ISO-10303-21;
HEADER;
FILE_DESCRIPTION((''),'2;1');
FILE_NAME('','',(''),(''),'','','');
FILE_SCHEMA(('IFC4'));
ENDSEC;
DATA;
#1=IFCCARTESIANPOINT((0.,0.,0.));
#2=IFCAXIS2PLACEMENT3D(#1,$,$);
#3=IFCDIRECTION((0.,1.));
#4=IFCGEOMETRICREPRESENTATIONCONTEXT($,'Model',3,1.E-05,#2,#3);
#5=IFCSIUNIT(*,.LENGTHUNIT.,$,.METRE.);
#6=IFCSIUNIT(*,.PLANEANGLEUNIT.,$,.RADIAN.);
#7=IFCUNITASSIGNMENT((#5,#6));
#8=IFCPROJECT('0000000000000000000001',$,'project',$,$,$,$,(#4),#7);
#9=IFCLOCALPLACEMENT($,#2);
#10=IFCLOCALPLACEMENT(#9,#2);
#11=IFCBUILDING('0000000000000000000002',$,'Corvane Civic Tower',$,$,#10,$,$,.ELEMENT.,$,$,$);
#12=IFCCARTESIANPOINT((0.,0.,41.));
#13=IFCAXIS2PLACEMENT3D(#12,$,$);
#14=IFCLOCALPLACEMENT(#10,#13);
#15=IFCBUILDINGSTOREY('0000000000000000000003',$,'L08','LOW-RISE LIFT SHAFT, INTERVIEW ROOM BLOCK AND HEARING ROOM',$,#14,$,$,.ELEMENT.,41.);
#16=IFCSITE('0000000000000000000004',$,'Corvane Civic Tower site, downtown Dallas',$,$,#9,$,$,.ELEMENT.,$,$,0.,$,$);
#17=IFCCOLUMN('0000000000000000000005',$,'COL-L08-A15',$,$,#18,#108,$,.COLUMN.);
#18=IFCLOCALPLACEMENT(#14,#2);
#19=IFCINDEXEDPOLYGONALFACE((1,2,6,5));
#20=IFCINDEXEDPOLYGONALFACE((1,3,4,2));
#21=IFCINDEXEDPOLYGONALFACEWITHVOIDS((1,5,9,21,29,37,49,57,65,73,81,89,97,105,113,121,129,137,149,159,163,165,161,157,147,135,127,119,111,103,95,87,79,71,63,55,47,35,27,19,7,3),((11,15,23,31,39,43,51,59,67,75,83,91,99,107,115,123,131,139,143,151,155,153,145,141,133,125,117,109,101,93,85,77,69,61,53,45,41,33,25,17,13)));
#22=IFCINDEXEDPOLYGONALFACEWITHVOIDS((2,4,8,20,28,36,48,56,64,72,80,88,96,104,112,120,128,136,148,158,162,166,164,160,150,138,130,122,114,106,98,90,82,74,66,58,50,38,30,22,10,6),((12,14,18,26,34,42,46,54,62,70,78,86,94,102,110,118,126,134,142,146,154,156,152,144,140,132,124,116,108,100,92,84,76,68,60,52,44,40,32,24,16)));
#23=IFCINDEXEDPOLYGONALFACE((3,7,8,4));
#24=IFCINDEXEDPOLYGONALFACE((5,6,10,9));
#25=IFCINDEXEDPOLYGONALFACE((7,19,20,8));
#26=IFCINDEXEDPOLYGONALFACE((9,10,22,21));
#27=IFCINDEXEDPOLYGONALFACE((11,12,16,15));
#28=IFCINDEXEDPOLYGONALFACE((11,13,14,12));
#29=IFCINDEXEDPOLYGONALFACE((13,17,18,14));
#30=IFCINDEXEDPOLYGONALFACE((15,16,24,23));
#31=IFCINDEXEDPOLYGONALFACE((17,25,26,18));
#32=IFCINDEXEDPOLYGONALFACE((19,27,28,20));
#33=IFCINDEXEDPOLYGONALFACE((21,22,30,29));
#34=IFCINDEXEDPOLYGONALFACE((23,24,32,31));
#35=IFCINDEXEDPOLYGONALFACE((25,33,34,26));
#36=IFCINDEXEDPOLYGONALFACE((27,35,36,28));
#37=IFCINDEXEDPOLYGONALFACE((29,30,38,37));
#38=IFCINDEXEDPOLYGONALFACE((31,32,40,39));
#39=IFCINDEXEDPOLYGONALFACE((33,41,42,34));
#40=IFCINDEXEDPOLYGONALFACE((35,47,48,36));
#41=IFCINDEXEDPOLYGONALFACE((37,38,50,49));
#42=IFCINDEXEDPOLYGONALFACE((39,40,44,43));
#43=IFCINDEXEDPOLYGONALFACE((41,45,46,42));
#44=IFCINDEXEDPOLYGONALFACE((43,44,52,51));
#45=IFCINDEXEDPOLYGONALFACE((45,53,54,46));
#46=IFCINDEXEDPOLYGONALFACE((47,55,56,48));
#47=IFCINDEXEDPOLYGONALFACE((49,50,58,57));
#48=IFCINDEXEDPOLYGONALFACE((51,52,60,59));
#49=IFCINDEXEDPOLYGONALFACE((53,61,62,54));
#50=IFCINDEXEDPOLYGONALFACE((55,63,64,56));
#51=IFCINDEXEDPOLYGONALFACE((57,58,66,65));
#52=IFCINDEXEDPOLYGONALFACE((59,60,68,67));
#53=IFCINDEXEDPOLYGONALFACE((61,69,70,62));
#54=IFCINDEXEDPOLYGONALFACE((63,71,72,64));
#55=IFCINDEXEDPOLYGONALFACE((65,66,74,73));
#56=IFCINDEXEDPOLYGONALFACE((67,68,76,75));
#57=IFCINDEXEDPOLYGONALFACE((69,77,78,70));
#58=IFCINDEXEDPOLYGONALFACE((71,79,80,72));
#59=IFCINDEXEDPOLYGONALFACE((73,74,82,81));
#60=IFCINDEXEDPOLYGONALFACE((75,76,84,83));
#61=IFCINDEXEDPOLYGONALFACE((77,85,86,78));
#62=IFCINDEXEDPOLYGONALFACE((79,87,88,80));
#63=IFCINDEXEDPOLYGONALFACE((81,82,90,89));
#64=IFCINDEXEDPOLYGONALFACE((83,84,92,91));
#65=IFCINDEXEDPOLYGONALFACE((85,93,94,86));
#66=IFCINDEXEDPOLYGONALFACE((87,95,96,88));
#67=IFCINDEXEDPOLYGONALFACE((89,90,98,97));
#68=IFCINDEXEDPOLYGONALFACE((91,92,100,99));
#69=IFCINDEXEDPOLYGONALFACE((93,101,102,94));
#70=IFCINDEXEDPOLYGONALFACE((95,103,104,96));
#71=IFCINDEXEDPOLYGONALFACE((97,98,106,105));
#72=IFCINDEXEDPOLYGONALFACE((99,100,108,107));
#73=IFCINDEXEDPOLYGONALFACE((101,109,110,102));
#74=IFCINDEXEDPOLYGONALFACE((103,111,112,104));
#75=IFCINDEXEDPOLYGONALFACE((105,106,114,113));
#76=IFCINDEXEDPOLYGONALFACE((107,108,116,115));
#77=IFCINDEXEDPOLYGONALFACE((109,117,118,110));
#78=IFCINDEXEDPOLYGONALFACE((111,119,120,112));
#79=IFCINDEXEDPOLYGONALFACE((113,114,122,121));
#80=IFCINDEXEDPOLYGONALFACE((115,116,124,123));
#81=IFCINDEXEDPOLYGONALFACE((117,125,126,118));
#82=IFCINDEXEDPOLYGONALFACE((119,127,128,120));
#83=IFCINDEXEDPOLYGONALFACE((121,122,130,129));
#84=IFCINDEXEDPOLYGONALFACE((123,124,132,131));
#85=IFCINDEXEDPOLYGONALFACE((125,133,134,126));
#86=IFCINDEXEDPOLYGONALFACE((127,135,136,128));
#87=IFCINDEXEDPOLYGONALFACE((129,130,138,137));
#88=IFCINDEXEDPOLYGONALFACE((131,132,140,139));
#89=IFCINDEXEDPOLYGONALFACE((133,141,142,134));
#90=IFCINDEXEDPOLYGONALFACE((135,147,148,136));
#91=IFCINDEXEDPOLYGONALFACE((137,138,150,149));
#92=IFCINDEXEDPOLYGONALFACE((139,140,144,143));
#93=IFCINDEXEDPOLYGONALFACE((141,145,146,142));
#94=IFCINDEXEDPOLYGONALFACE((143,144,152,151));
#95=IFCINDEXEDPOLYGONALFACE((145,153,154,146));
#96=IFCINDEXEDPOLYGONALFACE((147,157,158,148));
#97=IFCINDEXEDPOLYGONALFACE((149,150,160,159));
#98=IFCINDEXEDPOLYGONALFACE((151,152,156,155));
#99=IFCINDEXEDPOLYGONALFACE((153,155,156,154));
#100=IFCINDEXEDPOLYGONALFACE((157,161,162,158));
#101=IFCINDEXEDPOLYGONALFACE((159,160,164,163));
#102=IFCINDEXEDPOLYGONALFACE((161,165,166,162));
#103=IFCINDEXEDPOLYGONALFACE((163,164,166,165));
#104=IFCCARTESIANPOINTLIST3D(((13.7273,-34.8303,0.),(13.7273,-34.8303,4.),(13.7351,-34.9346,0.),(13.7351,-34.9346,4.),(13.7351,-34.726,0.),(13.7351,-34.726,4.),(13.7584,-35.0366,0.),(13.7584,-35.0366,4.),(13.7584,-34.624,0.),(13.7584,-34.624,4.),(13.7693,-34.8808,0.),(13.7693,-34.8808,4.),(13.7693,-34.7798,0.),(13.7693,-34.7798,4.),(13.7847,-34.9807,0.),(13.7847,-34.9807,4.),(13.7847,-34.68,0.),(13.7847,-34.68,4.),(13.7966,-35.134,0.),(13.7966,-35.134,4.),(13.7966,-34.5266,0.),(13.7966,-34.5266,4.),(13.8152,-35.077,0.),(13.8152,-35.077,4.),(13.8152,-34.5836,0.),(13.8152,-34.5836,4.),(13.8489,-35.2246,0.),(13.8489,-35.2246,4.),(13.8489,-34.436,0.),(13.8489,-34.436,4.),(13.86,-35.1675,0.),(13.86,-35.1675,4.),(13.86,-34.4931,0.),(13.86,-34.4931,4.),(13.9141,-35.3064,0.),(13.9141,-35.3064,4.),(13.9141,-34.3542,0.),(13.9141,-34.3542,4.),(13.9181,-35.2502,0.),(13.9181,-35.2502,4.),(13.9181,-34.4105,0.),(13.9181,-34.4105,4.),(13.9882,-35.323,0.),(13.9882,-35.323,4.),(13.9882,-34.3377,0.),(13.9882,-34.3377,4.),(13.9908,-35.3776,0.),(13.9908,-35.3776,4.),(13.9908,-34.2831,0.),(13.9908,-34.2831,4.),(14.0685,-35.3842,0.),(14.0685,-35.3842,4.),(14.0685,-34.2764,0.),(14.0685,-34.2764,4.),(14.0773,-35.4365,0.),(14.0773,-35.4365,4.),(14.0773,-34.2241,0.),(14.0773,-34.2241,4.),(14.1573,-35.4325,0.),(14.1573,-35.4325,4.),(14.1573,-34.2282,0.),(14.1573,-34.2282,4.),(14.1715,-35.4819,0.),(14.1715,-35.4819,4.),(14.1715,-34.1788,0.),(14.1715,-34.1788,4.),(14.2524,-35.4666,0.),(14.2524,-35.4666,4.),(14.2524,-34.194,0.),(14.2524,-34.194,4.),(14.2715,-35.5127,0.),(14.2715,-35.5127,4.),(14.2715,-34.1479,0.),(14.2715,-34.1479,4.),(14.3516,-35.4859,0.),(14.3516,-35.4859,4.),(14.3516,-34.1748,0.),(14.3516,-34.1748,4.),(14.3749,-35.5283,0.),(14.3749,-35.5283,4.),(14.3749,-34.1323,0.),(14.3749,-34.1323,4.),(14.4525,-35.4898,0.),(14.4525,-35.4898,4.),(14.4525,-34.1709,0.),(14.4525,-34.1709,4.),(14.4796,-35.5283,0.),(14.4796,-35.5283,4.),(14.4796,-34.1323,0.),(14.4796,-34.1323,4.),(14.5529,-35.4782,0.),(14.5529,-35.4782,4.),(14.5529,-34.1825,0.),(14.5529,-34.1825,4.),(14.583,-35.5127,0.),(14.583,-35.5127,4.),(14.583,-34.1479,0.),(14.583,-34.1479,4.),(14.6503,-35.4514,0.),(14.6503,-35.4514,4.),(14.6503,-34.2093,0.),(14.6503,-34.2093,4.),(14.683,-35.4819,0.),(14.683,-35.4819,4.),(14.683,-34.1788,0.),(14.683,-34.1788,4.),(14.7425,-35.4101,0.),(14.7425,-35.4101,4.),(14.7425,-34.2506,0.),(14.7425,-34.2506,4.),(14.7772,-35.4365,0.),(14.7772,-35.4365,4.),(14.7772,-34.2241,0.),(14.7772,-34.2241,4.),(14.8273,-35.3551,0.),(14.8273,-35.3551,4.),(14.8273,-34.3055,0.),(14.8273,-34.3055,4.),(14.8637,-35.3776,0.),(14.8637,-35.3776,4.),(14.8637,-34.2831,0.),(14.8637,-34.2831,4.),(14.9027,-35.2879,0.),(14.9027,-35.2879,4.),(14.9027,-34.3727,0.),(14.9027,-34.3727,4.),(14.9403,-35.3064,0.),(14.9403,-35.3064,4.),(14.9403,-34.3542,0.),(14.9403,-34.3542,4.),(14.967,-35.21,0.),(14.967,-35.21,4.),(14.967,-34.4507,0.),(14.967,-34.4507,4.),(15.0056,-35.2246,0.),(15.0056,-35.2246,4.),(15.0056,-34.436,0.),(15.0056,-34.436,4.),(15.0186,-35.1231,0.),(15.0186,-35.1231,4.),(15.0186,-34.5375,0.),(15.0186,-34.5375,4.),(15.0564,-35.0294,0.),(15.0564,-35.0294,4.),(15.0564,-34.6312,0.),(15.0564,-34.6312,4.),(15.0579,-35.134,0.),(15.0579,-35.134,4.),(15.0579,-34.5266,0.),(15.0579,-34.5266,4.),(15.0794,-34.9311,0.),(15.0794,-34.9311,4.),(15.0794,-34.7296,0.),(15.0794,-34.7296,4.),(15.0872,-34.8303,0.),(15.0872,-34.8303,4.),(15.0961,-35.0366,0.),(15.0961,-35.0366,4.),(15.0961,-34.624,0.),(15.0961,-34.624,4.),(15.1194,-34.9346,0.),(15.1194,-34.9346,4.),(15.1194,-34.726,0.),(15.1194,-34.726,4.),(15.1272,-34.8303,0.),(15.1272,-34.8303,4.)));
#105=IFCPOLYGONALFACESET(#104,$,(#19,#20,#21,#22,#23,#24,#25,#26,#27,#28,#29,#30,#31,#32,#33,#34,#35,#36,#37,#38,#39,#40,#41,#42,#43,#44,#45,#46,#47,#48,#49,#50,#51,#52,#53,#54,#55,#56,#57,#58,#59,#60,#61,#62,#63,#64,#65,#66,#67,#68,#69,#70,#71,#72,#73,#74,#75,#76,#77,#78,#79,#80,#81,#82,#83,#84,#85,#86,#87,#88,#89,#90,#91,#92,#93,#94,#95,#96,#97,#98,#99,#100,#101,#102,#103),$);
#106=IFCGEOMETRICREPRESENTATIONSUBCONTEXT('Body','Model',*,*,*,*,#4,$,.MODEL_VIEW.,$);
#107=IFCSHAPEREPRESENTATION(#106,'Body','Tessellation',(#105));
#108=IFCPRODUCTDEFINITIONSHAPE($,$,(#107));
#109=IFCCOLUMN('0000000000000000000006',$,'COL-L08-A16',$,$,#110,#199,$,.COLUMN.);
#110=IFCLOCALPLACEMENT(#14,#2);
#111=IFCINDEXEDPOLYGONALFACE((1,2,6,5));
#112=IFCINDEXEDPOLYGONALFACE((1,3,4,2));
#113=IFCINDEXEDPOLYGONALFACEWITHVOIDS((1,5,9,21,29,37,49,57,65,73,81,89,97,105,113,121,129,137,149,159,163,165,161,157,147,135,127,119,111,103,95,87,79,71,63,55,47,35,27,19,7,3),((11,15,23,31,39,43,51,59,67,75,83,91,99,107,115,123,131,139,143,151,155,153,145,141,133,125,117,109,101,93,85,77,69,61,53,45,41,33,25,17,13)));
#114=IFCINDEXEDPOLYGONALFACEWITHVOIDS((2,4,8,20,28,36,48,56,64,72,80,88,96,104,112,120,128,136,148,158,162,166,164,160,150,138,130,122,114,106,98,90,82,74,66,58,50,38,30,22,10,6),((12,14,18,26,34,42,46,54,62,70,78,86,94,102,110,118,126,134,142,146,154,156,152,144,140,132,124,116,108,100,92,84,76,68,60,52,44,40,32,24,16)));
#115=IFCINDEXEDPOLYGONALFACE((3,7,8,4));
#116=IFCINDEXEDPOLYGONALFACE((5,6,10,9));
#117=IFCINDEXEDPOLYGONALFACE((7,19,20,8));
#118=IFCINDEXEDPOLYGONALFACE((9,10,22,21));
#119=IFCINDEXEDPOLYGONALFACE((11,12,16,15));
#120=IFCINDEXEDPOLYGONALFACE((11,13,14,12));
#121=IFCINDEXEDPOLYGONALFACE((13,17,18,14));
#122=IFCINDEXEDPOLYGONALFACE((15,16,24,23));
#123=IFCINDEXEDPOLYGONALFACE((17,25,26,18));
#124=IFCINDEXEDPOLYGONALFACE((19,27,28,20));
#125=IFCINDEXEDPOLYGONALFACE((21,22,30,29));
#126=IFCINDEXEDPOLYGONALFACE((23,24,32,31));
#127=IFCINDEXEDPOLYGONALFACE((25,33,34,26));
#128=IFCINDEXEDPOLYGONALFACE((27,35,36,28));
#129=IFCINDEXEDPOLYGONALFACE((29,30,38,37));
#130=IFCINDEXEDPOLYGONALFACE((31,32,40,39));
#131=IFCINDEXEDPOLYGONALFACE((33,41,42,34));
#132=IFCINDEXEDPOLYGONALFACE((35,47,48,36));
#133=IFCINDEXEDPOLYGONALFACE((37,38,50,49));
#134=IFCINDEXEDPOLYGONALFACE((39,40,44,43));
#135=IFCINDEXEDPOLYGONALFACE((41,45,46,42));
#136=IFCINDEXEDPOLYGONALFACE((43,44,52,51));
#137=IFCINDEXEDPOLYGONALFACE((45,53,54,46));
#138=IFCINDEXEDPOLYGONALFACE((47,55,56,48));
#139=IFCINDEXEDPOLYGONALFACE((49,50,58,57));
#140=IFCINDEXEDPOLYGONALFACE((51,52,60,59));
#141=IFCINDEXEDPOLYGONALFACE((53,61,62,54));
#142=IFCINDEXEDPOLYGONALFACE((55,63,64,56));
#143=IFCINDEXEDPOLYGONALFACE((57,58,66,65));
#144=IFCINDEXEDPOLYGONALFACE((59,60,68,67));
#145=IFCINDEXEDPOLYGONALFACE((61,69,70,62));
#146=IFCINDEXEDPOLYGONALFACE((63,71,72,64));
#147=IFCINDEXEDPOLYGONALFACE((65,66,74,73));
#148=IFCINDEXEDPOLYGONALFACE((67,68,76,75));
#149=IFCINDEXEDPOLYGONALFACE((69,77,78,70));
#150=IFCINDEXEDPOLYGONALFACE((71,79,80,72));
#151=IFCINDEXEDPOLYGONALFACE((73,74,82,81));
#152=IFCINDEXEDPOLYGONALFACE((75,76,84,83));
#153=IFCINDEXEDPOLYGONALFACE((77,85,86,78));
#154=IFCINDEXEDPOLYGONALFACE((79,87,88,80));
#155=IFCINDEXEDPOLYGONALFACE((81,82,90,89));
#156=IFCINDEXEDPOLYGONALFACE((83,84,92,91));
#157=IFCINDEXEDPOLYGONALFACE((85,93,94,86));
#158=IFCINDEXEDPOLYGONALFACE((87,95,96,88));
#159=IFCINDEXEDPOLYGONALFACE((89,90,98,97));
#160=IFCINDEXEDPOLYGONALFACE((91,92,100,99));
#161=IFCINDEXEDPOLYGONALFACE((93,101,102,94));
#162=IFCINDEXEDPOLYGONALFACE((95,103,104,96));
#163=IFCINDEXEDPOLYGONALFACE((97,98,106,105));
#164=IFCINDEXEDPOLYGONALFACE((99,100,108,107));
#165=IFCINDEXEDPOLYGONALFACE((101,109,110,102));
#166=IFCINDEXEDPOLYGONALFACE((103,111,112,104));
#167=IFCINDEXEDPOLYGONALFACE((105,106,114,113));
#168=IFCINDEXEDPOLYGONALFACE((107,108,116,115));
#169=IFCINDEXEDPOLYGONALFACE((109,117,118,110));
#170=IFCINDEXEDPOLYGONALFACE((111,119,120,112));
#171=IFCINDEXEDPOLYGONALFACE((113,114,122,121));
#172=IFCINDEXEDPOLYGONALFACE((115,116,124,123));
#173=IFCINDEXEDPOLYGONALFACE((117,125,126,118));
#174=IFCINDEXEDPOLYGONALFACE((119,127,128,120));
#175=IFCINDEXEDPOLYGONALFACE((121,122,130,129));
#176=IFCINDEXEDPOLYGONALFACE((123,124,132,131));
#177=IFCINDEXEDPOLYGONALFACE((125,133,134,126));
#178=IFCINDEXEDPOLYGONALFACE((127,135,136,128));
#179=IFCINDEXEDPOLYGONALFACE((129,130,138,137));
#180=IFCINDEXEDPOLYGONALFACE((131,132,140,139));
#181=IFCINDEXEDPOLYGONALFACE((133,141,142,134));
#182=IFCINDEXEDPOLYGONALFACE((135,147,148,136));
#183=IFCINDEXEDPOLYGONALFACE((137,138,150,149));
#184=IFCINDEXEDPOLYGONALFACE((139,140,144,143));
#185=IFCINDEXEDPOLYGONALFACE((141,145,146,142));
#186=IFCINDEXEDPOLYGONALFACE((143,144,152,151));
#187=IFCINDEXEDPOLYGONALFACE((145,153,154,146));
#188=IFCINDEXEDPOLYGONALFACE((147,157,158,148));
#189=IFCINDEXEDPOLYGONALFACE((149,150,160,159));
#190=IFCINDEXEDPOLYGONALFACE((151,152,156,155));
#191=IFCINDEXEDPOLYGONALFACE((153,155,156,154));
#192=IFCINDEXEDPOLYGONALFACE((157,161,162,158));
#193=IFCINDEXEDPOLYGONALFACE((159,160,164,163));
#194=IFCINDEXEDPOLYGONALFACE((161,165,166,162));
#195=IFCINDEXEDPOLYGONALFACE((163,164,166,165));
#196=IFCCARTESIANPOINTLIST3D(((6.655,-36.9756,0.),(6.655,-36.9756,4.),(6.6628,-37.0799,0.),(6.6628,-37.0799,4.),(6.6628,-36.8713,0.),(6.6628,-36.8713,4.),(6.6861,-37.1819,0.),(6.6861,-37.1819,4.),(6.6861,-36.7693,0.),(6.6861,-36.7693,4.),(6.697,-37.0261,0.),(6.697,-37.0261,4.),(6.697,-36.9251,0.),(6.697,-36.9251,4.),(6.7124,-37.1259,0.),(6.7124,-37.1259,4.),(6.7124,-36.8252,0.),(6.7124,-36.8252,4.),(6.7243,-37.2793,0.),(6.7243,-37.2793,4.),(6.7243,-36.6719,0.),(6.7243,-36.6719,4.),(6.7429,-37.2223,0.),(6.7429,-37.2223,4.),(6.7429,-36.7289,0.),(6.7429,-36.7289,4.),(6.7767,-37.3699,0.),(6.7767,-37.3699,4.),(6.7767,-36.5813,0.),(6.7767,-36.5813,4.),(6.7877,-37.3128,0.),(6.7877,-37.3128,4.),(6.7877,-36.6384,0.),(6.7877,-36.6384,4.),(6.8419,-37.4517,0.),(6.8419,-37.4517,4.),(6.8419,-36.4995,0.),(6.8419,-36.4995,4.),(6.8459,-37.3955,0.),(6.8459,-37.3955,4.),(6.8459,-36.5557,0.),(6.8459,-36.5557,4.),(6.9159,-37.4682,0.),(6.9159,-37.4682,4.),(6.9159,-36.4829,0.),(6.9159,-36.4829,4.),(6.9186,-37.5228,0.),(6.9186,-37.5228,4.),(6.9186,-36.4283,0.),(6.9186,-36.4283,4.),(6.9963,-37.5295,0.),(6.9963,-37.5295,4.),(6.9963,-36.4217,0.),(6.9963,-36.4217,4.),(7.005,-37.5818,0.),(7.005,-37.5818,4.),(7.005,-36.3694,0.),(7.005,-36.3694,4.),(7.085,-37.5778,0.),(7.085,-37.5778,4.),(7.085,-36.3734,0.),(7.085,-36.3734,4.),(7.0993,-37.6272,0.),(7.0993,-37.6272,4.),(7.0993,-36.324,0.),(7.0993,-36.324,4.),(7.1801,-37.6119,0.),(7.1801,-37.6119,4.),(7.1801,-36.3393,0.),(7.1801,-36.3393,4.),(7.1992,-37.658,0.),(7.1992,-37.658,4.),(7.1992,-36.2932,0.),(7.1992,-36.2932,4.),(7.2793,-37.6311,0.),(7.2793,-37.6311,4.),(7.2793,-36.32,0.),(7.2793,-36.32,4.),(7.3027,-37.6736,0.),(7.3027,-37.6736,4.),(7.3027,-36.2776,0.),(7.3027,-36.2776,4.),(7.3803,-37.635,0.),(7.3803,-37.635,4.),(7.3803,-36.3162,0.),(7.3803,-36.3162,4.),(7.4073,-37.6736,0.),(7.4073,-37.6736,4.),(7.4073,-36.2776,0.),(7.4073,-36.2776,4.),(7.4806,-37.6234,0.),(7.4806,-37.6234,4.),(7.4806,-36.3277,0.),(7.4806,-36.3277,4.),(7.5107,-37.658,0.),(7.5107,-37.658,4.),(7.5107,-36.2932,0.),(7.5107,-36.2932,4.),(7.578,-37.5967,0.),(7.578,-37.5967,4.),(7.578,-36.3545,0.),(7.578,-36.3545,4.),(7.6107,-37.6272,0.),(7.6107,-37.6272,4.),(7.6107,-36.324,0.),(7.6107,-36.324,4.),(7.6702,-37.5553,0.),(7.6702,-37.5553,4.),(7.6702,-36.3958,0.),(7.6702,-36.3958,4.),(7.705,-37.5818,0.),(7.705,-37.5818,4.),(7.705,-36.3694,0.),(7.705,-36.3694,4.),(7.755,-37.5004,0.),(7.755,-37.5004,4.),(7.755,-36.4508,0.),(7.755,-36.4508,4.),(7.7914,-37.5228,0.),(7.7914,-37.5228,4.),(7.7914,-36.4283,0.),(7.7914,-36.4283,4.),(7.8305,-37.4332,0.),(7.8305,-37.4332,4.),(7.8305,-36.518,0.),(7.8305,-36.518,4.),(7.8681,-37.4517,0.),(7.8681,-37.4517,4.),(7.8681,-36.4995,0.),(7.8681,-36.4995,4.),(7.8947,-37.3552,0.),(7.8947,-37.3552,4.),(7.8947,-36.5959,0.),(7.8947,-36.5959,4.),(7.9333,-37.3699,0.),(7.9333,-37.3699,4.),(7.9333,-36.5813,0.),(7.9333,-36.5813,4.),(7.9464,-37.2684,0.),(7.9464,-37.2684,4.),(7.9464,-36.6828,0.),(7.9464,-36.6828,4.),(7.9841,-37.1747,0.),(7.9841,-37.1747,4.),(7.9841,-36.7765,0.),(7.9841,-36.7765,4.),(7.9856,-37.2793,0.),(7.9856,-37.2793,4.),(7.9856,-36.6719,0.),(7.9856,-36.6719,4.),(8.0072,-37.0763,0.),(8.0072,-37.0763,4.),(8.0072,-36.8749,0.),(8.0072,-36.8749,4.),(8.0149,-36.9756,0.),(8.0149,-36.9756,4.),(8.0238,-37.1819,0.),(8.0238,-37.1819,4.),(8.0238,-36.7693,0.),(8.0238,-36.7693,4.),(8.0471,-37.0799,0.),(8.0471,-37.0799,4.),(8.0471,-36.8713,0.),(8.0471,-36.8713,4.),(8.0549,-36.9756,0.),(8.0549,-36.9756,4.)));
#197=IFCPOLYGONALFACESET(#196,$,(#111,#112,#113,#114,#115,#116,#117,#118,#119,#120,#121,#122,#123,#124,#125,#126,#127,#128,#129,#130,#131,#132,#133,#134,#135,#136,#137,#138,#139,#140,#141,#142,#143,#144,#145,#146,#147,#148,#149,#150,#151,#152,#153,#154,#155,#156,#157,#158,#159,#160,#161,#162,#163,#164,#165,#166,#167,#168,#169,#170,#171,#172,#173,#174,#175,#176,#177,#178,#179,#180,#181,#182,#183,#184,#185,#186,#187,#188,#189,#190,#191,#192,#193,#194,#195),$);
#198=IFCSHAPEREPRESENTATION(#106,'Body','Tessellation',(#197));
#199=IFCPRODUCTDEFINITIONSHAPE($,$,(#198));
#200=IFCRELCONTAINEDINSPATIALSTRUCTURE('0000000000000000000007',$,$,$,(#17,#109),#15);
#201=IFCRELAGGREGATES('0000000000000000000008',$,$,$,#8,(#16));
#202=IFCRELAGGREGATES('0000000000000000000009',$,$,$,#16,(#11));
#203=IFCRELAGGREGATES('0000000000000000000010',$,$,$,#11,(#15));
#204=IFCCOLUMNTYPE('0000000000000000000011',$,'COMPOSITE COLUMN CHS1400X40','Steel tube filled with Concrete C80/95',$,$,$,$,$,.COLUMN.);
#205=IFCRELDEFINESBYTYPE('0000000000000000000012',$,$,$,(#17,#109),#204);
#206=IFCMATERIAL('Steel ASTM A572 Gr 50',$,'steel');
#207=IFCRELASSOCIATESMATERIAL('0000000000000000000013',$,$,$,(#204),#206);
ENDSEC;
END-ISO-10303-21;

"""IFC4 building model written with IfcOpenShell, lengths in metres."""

from ifc_helpers import new_model, si_unit, direction, frame, origin, origin_2d, place, context, subcontext, project, spatial, hollow_circle, extrude, material, material_profile, profile_set, type_object, element, save


model = new_model("IFC4")

# Units and contexts
model_context = context("Model", 3, precision=1e-05, world=origin(), true_north=direction((0.0, 1.0)))
body_context = subcontext(model_context, "Body", "Model", "MODEL_VIEW")
ifc_project = project(units=[si_unit("LENGTHUNIT", "METRE"), si_unit("PLANEANGLEUNIT", "RADIAN")], contexts=[model_context])

# Site, building, storey
site_placement = place(None, origin())
site = spatial("IfcSite", under=ifc_project, at=site_placement, Name="Corvane Civic Tower site, downtown Dallas", CompositionType="ELEMENT", RefElevation=0.0)
building_placement = place(site_placement, origin())
building = spatial("IfcBuilding", under=site, at=building_placement, Name="Corvane Civic Tower", CompositionType="ELEMENT")
storey_placement = place(building_placement, frame((0.0, 0.0, 41.0)))
storey = spatial("IfcBuildingStorey", under=building, at=storey_placement, Name="L08", Description="LOW-RISE LIFT SHAFT, INTERVIEW ROOM BLOCK AND HEARING ROOM", CompositionType="ELEMENT", Elevation=41.0)

# Columns
ifc_material_1 = material(Name="Steel ASTM A572 Gr 50", Category="steel")
ifc_material_profile_1 = material_profile(ifc_material_1, hollow_circle(Radius=0.7, WallThickness=0.04, at=origin_2d()), Name="CHS1400X40")
ifc_profile_set_1 = profile_set([ifc_material_profile_1], Name="Steel ASTM A572 Gr 50")
column_type = type_object("IfcColumnType", Name="COMPOSITE COLUMN CHS1400X40", Description="Steel tube filled with Concrete C80/95", PredefinedType="COLUMN", material=ifc_profile_set_1)
for number, where, z_axis, x_axis, name in (
    (1, (14.4272, -34.8303, 0.0), (0.0, 0.0, 1.0), (1.0, 0.0, 0.0), "COL-L08-A15"),
    (2, (7.355, -36.9756, 0.0), (0.0, 0.0, 1.0), (1.0, 0.0, 0.0), "COL-L08-A16"),
):
    element("IfcColumn", number, at=place(storey_placement, frame(where, z_axis=z_axis, x_axis=x_axis)), inside=storey, type_object=column_type, Name=name, PredefinedType="COLUMN", context=body_context, shape_type="SweptSolid", body=[
        extrude(hollow_circle(Radius=0.7, WallThickness=0.04, at=origin_2d()), origin(), (0.0, 0.0, 1.0), 4.0),
    ])

save(model, "model.ifc")
